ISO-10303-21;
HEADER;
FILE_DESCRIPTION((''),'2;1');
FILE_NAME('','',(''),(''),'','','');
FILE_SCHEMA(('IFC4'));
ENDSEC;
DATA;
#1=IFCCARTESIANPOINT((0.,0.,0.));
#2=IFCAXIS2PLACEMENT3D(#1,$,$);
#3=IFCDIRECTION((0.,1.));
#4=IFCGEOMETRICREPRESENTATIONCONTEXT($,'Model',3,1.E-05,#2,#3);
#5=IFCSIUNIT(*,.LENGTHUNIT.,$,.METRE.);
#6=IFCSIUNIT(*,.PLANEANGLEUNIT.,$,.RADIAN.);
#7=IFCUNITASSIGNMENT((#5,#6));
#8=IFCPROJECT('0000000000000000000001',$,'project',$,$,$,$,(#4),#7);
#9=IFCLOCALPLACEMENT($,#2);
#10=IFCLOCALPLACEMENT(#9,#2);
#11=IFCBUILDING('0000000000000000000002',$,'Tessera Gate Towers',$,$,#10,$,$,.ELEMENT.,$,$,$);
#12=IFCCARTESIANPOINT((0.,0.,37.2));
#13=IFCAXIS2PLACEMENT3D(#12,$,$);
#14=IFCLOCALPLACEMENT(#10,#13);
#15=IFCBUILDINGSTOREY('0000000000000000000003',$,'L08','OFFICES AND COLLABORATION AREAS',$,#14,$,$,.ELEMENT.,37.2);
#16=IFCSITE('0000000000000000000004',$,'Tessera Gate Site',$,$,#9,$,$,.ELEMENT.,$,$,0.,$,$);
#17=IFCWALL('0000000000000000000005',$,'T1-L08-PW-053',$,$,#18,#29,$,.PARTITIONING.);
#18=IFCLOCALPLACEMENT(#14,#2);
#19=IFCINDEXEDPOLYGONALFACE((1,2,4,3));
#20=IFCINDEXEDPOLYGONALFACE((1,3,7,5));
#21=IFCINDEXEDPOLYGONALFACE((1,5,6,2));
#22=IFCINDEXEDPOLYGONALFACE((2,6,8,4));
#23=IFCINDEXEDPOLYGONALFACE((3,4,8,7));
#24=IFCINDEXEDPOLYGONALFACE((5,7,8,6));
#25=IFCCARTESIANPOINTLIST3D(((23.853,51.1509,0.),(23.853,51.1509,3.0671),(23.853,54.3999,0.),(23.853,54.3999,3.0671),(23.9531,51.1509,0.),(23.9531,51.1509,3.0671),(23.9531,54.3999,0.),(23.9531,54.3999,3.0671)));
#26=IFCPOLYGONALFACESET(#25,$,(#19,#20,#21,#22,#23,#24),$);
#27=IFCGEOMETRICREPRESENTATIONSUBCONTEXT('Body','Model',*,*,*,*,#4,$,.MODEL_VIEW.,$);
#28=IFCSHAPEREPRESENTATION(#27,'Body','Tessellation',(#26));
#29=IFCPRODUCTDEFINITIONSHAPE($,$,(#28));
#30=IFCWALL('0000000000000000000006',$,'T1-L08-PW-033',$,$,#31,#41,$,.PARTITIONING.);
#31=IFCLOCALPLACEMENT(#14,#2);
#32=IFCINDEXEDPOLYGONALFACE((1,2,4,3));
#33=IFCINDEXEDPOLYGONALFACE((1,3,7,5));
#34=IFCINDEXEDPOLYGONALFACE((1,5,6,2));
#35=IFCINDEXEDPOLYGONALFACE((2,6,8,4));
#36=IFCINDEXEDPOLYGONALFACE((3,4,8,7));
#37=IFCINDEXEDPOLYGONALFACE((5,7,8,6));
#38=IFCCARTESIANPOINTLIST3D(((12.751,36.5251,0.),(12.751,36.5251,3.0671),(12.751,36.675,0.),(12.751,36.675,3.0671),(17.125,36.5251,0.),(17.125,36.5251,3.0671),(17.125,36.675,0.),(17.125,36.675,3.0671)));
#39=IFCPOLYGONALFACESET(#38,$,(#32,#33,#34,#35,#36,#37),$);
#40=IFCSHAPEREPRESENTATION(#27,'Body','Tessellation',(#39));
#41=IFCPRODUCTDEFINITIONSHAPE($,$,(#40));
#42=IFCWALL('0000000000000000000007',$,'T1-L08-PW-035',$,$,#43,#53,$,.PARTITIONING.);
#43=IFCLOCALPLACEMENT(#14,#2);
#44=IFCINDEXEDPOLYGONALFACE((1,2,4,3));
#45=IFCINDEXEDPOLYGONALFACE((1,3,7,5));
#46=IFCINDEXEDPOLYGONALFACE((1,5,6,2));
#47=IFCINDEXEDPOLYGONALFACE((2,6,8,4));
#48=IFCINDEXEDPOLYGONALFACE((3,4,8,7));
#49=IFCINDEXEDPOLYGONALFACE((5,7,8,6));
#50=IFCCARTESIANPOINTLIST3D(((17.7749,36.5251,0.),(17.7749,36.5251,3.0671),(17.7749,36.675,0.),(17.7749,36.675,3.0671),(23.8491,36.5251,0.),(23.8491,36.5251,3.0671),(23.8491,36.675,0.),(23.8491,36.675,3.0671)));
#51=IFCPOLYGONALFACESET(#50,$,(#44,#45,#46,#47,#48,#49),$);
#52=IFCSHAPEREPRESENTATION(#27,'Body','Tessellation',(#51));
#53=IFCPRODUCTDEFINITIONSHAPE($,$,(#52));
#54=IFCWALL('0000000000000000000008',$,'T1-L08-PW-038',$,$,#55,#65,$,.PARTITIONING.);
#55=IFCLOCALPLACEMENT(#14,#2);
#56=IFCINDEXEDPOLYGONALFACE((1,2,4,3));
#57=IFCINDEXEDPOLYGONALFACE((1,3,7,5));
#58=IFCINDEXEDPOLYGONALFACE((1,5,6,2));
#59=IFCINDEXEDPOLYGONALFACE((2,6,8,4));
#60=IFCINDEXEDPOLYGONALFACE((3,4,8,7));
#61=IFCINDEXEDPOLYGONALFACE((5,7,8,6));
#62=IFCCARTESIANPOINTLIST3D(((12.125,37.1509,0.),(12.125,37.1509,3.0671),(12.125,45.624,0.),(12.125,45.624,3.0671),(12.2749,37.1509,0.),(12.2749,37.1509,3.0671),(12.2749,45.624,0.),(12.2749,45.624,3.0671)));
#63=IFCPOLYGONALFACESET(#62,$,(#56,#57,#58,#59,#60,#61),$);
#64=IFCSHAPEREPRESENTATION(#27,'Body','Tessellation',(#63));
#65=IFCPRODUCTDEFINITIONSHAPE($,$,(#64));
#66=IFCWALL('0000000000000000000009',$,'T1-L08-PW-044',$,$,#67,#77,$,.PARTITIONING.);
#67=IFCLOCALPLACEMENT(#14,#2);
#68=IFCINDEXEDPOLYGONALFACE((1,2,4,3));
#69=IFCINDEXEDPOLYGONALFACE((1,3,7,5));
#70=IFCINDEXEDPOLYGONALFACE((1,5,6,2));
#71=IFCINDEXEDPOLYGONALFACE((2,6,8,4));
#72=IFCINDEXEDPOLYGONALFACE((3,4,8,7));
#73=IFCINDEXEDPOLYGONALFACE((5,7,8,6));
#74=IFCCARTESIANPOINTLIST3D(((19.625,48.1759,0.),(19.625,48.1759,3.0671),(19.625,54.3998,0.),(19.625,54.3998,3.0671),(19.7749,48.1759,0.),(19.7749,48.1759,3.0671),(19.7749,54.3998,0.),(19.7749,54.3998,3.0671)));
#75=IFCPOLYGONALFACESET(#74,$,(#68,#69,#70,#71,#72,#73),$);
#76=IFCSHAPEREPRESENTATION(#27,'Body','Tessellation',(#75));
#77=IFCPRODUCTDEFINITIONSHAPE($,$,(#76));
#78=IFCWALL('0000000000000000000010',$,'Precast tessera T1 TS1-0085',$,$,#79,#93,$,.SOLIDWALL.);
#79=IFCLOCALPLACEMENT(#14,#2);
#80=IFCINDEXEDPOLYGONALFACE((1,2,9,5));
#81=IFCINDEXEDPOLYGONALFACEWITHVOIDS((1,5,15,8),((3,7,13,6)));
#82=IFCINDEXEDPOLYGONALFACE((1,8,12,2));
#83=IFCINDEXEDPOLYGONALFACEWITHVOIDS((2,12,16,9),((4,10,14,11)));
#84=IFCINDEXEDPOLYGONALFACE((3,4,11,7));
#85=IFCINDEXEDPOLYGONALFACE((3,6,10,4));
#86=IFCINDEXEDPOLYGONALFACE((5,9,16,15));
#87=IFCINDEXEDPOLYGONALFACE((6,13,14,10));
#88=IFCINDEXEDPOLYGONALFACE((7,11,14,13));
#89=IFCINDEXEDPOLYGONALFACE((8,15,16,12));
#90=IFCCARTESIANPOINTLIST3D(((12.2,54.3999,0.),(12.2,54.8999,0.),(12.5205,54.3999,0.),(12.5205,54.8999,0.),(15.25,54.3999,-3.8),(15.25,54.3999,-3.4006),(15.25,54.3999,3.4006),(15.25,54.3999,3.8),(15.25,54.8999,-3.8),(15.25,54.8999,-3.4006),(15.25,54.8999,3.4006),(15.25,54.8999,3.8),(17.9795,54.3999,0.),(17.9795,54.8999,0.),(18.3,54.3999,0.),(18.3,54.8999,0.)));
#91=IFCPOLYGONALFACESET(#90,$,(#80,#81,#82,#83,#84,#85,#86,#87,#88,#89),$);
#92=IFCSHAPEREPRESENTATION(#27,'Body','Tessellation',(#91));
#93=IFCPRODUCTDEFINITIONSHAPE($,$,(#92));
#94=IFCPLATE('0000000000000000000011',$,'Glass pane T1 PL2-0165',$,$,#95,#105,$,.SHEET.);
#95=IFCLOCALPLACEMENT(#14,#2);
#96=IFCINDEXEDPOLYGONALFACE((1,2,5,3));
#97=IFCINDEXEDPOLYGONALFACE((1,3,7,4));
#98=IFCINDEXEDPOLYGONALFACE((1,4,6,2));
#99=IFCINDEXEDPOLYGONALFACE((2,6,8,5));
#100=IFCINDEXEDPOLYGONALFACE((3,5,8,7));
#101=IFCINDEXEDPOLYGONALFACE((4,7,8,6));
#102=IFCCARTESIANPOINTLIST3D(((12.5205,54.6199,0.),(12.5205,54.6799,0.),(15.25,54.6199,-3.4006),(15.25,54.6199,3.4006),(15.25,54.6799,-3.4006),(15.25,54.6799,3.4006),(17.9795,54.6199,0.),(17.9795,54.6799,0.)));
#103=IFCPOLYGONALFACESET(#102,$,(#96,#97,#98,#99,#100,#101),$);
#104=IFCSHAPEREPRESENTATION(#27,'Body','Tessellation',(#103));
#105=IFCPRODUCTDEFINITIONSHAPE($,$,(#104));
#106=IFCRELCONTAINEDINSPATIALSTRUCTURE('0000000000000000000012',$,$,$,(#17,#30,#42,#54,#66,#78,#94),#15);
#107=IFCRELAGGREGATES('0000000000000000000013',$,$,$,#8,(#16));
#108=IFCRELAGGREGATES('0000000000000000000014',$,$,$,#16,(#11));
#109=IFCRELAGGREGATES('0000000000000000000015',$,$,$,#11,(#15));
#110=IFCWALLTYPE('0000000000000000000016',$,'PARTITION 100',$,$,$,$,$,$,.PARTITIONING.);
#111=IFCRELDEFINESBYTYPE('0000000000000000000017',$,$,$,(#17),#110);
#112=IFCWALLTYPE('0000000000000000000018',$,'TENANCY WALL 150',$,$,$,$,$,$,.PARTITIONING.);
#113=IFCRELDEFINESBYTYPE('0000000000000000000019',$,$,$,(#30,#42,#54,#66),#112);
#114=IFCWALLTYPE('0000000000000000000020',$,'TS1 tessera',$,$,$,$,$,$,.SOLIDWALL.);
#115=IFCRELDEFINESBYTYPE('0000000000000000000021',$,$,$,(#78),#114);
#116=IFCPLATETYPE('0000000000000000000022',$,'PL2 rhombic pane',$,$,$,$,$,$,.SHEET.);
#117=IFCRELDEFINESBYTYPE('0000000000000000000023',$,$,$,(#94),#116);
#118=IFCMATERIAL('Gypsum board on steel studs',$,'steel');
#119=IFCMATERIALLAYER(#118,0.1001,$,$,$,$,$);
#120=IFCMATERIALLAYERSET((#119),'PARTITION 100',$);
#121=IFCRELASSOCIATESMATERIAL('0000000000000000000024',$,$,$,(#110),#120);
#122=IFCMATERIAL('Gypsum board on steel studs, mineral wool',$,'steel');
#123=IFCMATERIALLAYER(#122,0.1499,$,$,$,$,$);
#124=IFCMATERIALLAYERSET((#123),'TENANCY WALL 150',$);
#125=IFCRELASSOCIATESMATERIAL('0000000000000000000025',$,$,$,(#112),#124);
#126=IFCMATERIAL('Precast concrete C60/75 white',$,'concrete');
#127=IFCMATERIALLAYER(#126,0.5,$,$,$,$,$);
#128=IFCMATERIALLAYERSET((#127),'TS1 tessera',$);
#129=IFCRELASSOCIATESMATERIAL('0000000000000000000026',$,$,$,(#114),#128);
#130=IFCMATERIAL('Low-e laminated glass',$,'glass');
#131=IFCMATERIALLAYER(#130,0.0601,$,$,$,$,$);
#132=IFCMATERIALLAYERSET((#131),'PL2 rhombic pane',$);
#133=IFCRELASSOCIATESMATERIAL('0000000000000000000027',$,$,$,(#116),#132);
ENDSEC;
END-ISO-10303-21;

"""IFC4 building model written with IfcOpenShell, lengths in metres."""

from ifc_helpers import new_model, si_unit, direction, frame, frame_2d, origin, place, context, subcontext, project, spatial, polyline, rectangle, outline, extrude, source, transform, mapped, material, layer, layer_set, type_object, element, fill, save


model = new_model("IFC4")

# Units and contexts
model_context = context("Model", 3, precision=1e-05, world=origin(), true_north=direction((0.0, 1.0)))
body_context = subcontext(model_context, "Body", "Model", "MODEL_VIEW")
ifc_project = project(units=[si_unit("LENGTHUNIT", "METRE"), si_unit("PLANEANGLEUNIT", "RADIAN")], contexts=[model_context])

# Site, building, storey
site_placement = place(None, origin())
site = spatial("IfcSite", under=ifc_project, at=site_placement, Name="Tessera Gate Site", CompositionType="ELEMENT", RefElevation=0.0)
building_placement = place(site_placement, origin())
building = spatial("IfcBuilding", under=site, at=building_placement, Name="Tessera Gate Towers", CompositionType="ELEMENT")
storey_placement = place(building_placement, frame((0.0, 0.0, 37.2)))
storey = spatial("IfcBuildingStorey", under=building, at=storey_placement, Name="L08", Description="OFFICES AND COLLABORATION AREAS", CompositionType="ELEMENT", Elevation=37.2)

# Shared definitions
ifc_material_1 = material(Name="Gypsum board on steel studs", Category="steel")
ifc_layer_1 = layer(ifc_material_1, 0.1001)
ifc_layer_set_1 = layer_set([ifc_layer_1], Name="PARTITION 100")
wall_type_1 = type_object("IfcWallType", Name="PARTITION 100", PredefinedType="PARTITIONING", material=ifc_layer_set_1)

# Walls
for number, where, z_axis, x_axis, name in (
    (1, (23.9031, 51.1509, 0.0), (0.0, 0.0, 1.0), (0.0, 1.0, 0.0), "T1-L08-PW-053"),
):
    element("IfcWall", number, at=place(storey_placement, frame(where, z_axis=z_axis, x_axis=x_axis)), inside=storey, type_object=wall_type_1, Name=name, PredefinedType="PARTITIONING", context=body_context, shape_type="SweptSolid", body=[
        extrude(rectangle(XDim=3.249, YDim=0.1001, at=frame_2d((1.6245, 0.0))), origin(), (0.0, 0.0, 1.0), 3.0671),
    ])
ifc_material_2 = material(Name="Gypsum board on steel studs, mineral wool", Category="steel")
ifc_layer_2 = layer(ifc_material_2, 0.1499)
ifc_layer_set_2 = layer_set([ifc_layer_2], Name="TENANCY WALL 150")
wall_type_2 = type_object("IfcWallType", Name="TENANCY WALL 150", PredefinedType="PARTITIONING", material=ifc_layer_set_2)
wall_1_placement = place(storey_placement, frame((12.751, 36.6001, 0.0), z_axis=(0.0, 0.0, 1.0), x_axis=(1.0, 0.0, 0.0)))
element("IfcWall", 2, at=wall_1_placement, inside=storey, type_object=wall_type_2, Name="T1-L08-PW-033", PredefinedType="PARTITIONING", context=body_context, shape_type="SweptSolid", body=[
    extrude(rectangle(XDim=4.374, YDim=0.1499, at=frame_2d((2.187, 0.0))), origin(), (0.0, 0.0, 1.0), 3.0671),
])
wall_2_placement = place(storey_placement, frame((17.7749, 36.6001, 0.0), z_axis=(0.0, 0.0, 1.0), x_axis=(1.0, 0.0, 0.0)))
element("IfcWall", 3, at=wall_2_placement, inside=storey, type_object=wall_type_2, Name="T1-L08-PW-035", PredefinedType="PARTITIONING", context=body_context, shape_type="SweptSolid", body=[
    extrude(rectangle(XDim=6.0742, YDim=0.1499, at=frame_2d((3.0371, 0.0))), origin(), (0.0, 0.0, 1.0), 3.0671),
])
wall_3_placement = place(storey_placement, frame((12.2, 37.1509, 0.0), z_axis=(0.0, 0.0, 1.0), x_axis=(0.0, 1.0, 0.0)))
element("IfcWall", 4, at=wall_3_placement, inside=storey, type_object=wall_type_2, Name="T1-L08-PW-038", PredefinedType="PARTITIONING", context=body_context, shape_type="SweptSolid", body=[
    extrude(rectangle(XDim=8.4731, YDim=0.1499, at=frame_2d((4.2366, 0.0))), origin(), (0.0, 0.0, 1.0), 3.0671),
])
wall_4_placement = place(storey_placement, frame((19.7, 48.176, 0.0), z_axis=(0.0, 0.0, 1.0), x_axis=(0.0, 1.0, 0.0)))
element("IfcWall", 5, at=wall_4_placement, inside=storey, type_object=wall_type_2, Name="T1-L08-PW-044", PredefinedType="PARTITIONING", context=body_context, shape_type="SweptSolid", body=[
    extrude(rectangle(XDim=6.2239, YDim=0.1499, at=frame_2d((3.1118, 0.0))), origin(), (0.0, 0.0, 1.0), 3.0671),
])

# Wall, opening, plate
ifc_material_3 = material(Name="Precast concrete C60/75 white", Category="concrete")
ifc_layer_3 = layer(ifc_material_3, 0.5)
ifc_layer_set_3 = layer_set([ifc_layer_3], Name="TS1 tessera")
wall_type_3 = type_object("IfcWallType", Name="TS1 tessera", PredefinedType="SOLIDWALL", material=ifc_layer_set_3)
shared_shape_1 = source(origin(), body_context, "Body", "SweptSolid", [
    extrude(outline(polyline([(3.05, 0.0), (6.1001, 3.8), (3.05, 7.6001), (0.0, 3.8), (3.05, 0.0)])), frame((0.0, 0.25, 0.0), z_axis=(0.0, -1.0, 0.0), x_axis=(1.0, 0.0, 0.0)), (0.0, 0.0, 1.0), 0.5),
])
wall_5_placement = place(storey_placement, frame((18.3, 54.6499, -3.8), z_axis=(0.0, 0.0, 1.0), x_axis=(-1.0, 0.0, 0.0)))
wall_5 = element("IfcWall", 6, at=wall_5_placement, inside=storey, type_object=wall_type_3, Name="Precast tessera T1 TS1-0085", PredefinedType="SOLIDWALL", context=body_context, shape_type="MappedRepresentation", body=[
    mapped(shared_shape_1, transform((0.0, 0.0, 0.0), scale=1.0)),
])
shared_shape_2 = source(origin(), body_context, "Body", "SweptSolid", [
    extrude(outline(polyline([(3.05, 0.3994), (5.7795, 3.8), (3.05, 7.2007), (0.3206, 3.8), (3.05, 0.3994)])), frame((0.0, 0.26, 0.0), z_axis=(0.0, -1.0, 0.0), x_axis=(1.0, 0.0, 0.0)), (0.0, 0.0, 1.0), 0.52),
])
opening_1_placement = place(wall_5_placement, origin())
opening_1 = element("IfcOpeningElement", 7, at=opening_1_placement, cuts=wall_5, PredefinedType="OPENING", context=body_context, shape_type="MappedRepresentation", body=[
    mapped(shared_shape_2, transform((0.0, 0.0, 0.0), scale=1.0)),
])
ifc_material_4 = material(Name="Low-e laminated glass", Category="glass")
ifc_layer_4 = layer(ifc_material_4, 0.0601)
ifc_layer_set_4 = layer_set([ifc_layer_4], Name="PL2 rhombic pane")
plate_type = type_object("IfcPlateType", Name="PL2 rhombic pane", PredefinedType="SHEET", material=ifc_layer_set_4)
shared_shape_3 = source(origin(), body_context, "Body", "SweptSolid", [
    extrude(outline(polyline([(3.05, 0.3994), (5.7795, 3.8), (3.05, 7.2007), (0.3206, 3.8), (3.05, 0.3994)])), frame((0.0, 0.03, 0.0), z_axis=(0.0, -1.0, 0.0), x_axis=(1.0, 0.0, 0.0)), (0.0, 0.0, 1.0), 0.0601),
])
plate_placement = place(opening_1_placement, origin())
plate = element("IfcPlate", 8, at=plate_placement, inside=storey, type_object=plate_type, Name="Glass pane T1 PL2-0165", PredefinedType="SHEET", context=body_context, shape_type="MappedRepresentation", body=[
    mapped(shared_shape_3, transform((0.0, 0.0, 0.0), scale=1.0)),
])
fill(opening_1, plate)

save(model, "model.ifc")
